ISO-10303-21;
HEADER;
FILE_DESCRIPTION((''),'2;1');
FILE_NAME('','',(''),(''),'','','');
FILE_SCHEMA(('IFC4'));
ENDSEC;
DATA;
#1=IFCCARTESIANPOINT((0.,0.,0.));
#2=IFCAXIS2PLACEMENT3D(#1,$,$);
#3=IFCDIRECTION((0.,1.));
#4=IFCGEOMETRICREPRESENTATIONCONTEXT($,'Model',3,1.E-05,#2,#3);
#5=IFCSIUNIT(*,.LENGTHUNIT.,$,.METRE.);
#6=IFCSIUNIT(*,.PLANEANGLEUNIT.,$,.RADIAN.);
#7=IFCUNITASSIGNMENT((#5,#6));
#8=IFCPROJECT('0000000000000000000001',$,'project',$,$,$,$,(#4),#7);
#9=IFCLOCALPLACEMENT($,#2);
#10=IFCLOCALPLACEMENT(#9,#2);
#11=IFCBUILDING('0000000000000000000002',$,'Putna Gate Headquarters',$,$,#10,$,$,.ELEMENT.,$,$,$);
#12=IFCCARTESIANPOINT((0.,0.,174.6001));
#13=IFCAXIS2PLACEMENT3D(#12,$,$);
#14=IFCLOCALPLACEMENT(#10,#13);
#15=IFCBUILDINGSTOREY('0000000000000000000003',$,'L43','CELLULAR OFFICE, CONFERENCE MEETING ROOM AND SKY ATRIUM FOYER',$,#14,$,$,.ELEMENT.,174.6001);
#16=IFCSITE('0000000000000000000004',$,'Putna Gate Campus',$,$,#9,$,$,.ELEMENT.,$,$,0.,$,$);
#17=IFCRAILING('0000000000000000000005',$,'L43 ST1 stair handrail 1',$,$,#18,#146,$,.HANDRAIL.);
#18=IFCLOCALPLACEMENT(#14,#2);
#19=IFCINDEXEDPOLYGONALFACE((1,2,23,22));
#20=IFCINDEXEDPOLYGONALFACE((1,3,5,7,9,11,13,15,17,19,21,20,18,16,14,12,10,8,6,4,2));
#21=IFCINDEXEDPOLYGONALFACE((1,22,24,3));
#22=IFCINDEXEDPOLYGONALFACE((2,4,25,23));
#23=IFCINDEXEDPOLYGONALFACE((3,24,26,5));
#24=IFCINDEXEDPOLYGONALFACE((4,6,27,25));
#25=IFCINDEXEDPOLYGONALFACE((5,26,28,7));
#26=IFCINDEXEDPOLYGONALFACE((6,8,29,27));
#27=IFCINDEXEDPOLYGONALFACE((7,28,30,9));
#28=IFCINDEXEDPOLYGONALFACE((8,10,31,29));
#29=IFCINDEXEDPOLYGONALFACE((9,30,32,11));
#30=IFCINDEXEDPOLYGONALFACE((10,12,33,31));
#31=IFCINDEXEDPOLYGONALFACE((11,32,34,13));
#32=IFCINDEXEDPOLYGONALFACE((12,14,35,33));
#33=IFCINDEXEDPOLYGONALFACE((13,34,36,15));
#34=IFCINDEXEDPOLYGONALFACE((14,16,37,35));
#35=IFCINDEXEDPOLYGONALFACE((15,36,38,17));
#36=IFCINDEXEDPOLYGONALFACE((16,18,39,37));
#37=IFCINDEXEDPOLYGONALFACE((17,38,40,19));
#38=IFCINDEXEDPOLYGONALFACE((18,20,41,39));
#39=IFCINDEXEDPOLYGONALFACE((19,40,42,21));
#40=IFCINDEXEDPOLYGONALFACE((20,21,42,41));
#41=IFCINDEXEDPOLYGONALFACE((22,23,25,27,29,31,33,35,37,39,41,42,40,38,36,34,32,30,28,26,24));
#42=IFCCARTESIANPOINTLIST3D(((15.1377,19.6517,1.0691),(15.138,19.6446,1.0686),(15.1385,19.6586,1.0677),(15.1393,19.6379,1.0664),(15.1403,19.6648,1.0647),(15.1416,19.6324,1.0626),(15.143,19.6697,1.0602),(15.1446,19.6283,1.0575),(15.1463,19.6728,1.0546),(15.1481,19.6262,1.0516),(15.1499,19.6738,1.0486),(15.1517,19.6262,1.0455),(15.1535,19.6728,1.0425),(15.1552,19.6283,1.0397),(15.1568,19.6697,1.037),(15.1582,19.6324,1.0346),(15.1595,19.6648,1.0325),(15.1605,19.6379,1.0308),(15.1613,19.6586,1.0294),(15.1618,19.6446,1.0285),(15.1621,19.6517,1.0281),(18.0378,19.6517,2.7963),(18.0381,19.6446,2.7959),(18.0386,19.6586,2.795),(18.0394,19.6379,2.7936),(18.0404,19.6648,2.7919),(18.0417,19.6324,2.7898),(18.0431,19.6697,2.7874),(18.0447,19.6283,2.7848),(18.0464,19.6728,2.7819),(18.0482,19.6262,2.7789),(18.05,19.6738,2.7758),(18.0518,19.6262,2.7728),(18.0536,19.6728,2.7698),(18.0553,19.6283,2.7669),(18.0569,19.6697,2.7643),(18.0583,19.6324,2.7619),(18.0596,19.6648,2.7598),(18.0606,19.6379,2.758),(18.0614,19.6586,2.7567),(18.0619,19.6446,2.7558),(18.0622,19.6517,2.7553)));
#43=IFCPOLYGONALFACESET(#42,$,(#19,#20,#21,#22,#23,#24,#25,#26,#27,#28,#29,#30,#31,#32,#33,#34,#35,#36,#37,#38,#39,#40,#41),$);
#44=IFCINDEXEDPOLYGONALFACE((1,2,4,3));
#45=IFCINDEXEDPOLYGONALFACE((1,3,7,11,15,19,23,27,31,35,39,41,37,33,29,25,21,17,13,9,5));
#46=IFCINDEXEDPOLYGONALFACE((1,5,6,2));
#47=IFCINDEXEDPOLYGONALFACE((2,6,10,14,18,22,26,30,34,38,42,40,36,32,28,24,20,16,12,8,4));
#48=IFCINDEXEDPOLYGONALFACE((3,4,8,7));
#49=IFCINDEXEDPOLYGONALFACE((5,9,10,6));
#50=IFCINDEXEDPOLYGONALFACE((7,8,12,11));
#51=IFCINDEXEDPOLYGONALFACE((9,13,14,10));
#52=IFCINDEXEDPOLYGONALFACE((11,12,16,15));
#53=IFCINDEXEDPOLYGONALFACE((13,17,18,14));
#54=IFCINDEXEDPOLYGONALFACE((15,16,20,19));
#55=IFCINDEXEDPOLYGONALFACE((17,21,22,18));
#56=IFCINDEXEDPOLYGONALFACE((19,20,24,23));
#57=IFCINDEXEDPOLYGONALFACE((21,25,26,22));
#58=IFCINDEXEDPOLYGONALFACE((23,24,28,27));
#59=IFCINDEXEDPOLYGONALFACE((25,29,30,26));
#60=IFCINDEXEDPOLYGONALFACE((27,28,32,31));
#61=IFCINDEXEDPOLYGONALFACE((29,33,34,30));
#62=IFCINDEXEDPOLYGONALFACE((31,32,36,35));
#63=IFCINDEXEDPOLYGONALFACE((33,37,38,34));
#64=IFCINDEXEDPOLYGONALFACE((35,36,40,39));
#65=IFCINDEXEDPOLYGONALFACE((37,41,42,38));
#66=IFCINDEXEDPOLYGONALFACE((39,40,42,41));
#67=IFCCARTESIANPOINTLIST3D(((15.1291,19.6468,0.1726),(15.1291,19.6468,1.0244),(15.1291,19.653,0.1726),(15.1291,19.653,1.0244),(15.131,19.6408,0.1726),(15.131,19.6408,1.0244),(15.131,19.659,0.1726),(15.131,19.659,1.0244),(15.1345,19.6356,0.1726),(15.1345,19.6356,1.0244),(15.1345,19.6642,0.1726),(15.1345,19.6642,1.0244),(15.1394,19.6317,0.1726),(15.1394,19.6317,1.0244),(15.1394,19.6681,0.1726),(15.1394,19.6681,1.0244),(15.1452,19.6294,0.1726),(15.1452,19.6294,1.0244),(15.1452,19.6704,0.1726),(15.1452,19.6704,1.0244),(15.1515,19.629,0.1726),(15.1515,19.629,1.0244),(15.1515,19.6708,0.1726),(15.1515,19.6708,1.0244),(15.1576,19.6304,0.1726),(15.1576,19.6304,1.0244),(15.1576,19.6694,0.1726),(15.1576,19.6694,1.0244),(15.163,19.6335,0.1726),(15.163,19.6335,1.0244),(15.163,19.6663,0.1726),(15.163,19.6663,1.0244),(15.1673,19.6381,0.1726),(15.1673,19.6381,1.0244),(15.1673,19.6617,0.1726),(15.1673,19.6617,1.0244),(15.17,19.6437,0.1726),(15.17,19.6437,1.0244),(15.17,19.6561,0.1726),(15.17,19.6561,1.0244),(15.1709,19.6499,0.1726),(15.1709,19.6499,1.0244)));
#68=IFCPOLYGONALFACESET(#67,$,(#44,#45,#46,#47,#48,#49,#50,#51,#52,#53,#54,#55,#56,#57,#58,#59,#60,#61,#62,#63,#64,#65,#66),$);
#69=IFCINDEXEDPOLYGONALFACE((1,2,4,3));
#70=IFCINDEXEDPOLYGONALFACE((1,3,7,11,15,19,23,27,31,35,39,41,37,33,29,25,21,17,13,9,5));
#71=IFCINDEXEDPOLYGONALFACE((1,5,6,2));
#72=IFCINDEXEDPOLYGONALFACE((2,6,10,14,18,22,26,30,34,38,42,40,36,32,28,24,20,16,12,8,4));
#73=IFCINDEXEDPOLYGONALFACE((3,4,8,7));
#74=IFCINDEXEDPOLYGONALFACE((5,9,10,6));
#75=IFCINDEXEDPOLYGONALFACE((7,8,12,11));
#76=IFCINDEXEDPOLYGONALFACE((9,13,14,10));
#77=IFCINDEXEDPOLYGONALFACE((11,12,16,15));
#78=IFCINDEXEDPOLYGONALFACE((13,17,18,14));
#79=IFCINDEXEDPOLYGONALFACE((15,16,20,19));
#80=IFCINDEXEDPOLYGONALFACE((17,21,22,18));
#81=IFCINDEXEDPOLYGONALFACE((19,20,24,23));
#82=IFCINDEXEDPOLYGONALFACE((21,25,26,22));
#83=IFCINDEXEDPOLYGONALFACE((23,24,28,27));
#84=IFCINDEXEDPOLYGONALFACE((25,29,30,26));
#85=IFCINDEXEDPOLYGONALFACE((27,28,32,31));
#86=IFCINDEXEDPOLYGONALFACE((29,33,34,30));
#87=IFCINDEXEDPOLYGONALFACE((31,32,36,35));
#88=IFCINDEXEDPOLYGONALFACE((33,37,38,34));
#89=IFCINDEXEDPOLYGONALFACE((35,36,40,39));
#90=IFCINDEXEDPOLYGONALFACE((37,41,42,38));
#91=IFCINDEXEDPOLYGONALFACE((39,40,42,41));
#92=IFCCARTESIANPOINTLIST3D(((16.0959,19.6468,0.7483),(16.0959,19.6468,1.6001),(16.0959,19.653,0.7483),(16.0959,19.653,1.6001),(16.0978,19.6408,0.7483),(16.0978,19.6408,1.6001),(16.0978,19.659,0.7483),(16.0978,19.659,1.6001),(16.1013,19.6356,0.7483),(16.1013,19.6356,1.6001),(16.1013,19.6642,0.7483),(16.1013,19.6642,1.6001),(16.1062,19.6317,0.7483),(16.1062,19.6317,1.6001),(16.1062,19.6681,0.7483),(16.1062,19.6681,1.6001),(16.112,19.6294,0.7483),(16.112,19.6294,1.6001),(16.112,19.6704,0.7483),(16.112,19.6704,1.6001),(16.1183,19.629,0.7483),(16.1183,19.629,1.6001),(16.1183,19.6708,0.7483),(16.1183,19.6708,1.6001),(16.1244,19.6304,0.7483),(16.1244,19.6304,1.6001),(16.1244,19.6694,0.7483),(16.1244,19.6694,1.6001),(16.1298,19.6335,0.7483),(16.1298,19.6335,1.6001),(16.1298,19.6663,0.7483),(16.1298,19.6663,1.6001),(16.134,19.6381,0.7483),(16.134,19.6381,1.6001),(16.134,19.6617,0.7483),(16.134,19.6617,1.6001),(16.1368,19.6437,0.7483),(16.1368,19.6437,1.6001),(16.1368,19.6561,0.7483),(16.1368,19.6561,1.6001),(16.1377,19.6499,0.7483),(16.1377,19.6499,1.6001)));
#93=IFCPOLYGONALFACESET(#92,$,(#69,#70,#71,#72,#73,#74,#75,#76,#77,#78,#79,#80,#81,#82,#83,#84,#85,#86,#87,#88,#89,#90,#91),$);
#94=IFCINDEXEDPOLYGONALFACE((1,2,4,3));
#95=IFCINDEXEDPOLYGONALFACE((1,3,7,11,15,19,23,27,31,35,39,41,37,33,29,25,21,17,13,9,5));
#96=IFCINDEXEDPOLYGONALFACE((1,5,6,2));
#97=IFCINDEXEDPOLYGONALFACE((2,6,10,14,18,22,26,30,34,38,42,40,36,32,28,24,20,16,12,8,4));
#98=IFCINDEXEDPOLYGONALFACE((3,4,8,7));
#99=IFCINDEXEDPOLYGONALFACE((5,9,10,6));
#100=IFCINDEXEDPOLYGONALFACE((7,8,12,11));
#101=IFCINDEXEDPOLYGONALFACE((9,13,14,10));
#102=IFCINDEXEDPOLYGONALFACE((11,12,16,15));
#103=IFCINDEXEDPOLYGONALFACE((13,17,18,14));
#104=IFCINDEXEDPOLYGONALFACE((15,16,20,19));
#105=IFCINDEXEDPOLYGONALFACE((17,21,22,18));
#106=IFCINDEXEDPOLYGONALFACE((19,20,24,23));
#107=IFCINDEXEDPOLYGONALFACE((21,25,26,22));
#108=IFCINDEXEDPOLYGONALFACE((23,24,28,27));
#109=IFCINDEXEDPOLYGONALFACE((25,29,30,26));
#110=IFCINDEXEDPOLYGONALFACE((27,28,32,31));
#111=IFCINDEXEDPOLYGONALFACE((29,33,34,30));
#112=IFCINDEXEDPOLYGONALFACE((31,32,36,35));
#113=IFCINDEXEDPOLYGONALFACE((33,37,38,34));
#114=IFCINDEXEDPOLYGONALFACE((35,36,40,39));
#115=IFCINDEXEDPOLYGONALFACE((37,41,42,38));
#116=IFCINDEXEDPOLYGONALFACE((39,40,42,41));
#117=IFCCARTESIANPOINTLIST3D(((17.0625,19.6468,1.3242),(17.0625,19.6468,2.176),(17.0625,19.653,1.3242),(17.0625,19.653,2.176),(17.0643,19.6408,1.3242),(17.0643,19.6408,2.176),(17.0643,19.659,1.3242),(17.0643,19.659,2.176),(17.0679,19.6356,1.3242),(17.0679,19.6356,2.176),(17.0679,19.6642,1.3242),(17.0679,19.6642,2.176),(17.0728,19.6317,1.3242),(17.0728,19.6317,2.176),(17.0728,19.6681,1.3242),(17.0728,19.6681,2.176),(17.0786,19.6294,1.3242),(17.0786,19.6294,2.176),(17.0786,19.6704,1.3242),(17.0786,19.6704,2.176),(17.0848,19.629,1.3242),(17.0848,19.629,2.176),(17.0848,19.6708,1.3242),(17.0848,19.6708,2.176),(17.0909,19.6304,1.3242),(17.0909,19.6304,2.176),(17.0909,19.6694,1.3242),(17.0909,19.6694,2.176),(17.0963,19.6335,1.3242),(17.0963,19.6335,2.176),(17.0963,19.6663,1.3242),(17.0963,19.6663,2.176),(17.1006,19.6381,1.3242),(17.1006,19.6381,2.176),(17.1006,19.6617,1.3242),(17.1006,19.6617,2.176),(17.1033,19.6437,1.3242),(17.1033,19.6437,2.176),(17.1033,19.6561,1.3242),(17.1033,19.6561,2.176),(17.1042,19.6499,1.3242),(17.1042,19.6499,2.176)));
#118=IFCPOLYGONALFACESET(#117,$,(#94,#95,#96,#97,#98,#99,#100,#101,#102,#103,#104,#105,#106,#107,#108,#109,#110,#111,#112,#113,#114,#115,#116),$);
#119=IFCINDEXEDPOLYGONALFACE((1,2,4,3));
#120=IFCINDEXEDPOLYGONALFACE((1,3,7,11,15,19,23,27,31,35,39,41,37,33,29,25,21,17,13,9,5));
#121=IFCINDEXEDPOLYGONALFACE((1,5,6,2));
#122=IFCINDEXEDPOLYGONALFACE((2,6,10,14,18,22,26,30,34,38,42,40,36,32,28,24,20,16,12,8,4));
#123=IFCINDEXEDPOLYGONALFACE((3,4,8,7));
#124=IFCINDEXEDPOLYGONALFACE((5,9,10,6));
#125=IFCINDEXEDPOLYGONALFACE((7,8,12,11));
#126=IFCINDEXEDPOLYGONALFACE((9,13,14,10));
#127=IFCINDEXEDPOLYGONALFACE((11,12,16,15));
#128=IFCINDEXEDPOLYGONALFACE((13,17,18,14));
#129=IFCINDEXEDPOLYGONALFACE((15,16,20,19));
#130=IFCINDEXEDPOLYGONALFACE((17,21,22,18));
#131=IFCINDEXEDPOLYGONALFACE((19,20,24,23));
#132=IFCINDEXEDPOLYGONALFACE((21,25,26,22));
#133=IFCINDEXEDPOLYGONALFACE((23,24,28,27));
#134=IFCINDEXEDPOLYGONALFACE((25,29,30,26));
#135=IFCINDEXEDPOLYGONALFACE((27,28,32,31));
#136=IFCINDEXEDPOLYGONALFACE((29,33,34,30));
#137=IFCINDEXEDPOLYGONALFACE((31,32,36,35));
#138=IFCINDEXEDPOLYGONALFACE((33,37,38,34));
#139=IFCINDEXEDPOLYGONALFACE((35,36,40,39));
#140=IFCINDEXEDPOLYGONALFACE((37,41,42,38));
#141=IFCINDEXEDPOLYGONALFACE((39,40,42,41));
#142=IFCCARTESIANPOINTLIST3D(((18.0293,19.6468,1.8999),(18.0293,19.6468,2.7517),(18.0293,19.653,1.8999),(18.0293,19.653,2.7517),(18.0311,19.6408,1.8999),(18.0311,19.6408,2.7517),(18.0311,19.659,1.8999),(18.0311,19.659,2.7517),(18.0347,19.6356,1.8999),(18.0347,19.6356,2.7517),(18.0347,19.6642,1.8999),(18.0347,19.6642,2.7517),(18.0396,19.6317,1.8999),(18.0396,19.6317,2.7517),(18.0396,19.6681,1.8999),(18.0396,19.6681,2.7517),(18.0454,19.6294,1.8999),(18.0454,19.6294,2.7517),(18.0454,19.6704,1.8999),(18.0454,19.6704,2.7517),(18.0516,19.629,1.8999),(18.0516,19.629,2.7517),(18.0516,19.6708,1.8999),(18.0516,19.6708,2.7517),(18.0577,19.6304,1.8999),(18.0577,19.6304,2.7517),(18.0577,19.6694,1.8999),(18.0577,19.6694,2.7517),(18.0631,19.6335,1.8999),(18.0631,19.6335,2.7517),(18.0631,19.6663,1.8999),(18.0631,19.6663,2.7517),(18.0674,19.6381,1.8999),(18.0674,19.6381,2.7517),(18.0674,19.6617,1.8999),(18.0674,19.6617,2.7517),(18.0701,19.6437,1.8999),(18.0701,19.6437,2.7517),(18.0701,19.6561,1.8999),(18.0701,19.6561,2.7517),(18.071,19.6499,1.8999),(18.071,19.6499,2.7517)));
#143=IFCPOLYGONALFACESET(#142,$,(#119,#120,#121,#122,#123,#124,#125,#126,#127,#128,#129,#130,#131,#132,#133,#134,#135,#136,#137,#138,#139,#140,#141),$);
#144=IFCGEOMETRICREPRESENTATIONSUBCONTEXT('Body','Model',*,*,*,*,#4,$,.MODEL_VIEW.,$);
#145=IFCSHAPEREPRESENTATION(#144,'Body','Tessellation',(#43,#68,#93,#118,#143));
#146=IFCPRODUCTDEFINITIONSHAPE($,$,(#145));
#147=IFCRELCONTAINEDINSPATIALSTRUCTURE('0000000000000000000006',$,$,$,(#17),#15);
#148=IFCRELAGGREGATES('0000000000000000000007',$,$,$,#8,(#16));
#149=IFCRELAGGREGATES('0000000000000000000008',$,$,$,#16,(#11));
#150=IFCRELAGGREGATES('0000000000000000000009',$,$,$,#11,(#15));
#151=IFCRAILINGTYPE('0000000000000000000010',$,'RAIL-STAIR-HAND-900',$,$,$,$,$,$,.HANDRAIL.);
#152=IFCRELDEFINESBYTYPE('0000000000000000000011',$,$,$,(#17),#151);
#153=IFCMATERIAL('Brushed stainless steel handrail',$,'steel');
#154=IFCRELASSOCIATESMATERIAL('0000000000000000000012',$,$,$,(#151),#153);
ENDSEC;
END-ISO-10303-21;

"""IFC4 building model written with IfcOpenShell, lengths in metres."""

from ifc_helpers import new_model, si_unit, direction, frame, origin, origin_2d, place, context, subcontext, project, spatial, circle, extrude, material, type_object, element, save


model = new_model("IFC4")

# Units and contexts
model_context = context("Model", 3, precision=1e-05, world=origin(), true_north=direction((0.0, 1.0)))
body_context = subcontext(model_context, "Body", "Model", "MODEL_VIEW")
ifc_project = project(units=[si_unit("LENGTHUNIT", "METRE"), si_unit("PLANEANGLEUNIT", "RADIAN")], contexts=[model_context])

# Site, building, storey
site_placement = place(None, origin())
site = spatial("IfcSite", under=ifc_project, at=site_placement, Name="Putna Gate Campus", CompositionType="ELEMENT", RefElevation=0.0)
building_placement = place(site_placement, origin())
building = spatial("IfcBuilding", under=site, at=building_placement, Name="Putna Gate Headquarters", CompositionType="ELEMENT")
storey_placement = place(building_placement, frame((0.0, 0.0, 174.6001)))
storey = spatial("IfcBuildingStorey", under=building, at=storey_placement, Name="L43", Description="CELLULAR OFFICE, CONFERENCE MEETING ROOM AND SKY ATRIUM FOYER", CompositionType="ELEMENT", Elevation=174.6001)

# Railing
ifc_material_1 = material(Name="Brushed stainless steel handrail", Category="steel")
railing_type = type_object("IfcRailingType", Name="RAIL-STAIR-HAND-900", PredefinedType="HANDRAIL", material=ifc_material_1)
railing_placement = place(storey_placement, frame((15.1499, 19.6499, 0.1726)))
element("IfcRailing", 1, at=railing_placement, inside=storey, type_object=railing_type, Name="L43 ST1 stair handrail 1", PredefinedType="HANDRAIL", context=body_context, shape_type="SweptSolid", body=[
    extrude(circle(Radius=0.0239, at=origin_2d()), frame((0.0, 0.0, 0.876), z_axis=(0.85916, 0.0, 0.511706), x_axis=(0.0, 1.0, 0.0)), (0.0, 0.0, 1.0), 3.3755),
    extrude(circle(Radius=0.021, at=origin_2d()), origin(), (0.0, 0.0, 1.0), 0.8518),
    extrude(circle(Radius=0.021, at=origin_2d()), frame((0.9668, 0.0, 0.5757)), (0.0, 0.0, 1.0), 0.8518),
    extrude(circle(Radius=0.021, at=origin_2d()), frame((1.9333, 0.0, 1.1516)), (0.0, 0.0, 1.0), 0.8518),
    extrude(circle(Radius=0.021, at=origin_2d()), frame((2.9001, 0.0, 1.7273)), (0.0, 0.0, 1.0), 0.8518),
])

save(model, "model.ifc")
